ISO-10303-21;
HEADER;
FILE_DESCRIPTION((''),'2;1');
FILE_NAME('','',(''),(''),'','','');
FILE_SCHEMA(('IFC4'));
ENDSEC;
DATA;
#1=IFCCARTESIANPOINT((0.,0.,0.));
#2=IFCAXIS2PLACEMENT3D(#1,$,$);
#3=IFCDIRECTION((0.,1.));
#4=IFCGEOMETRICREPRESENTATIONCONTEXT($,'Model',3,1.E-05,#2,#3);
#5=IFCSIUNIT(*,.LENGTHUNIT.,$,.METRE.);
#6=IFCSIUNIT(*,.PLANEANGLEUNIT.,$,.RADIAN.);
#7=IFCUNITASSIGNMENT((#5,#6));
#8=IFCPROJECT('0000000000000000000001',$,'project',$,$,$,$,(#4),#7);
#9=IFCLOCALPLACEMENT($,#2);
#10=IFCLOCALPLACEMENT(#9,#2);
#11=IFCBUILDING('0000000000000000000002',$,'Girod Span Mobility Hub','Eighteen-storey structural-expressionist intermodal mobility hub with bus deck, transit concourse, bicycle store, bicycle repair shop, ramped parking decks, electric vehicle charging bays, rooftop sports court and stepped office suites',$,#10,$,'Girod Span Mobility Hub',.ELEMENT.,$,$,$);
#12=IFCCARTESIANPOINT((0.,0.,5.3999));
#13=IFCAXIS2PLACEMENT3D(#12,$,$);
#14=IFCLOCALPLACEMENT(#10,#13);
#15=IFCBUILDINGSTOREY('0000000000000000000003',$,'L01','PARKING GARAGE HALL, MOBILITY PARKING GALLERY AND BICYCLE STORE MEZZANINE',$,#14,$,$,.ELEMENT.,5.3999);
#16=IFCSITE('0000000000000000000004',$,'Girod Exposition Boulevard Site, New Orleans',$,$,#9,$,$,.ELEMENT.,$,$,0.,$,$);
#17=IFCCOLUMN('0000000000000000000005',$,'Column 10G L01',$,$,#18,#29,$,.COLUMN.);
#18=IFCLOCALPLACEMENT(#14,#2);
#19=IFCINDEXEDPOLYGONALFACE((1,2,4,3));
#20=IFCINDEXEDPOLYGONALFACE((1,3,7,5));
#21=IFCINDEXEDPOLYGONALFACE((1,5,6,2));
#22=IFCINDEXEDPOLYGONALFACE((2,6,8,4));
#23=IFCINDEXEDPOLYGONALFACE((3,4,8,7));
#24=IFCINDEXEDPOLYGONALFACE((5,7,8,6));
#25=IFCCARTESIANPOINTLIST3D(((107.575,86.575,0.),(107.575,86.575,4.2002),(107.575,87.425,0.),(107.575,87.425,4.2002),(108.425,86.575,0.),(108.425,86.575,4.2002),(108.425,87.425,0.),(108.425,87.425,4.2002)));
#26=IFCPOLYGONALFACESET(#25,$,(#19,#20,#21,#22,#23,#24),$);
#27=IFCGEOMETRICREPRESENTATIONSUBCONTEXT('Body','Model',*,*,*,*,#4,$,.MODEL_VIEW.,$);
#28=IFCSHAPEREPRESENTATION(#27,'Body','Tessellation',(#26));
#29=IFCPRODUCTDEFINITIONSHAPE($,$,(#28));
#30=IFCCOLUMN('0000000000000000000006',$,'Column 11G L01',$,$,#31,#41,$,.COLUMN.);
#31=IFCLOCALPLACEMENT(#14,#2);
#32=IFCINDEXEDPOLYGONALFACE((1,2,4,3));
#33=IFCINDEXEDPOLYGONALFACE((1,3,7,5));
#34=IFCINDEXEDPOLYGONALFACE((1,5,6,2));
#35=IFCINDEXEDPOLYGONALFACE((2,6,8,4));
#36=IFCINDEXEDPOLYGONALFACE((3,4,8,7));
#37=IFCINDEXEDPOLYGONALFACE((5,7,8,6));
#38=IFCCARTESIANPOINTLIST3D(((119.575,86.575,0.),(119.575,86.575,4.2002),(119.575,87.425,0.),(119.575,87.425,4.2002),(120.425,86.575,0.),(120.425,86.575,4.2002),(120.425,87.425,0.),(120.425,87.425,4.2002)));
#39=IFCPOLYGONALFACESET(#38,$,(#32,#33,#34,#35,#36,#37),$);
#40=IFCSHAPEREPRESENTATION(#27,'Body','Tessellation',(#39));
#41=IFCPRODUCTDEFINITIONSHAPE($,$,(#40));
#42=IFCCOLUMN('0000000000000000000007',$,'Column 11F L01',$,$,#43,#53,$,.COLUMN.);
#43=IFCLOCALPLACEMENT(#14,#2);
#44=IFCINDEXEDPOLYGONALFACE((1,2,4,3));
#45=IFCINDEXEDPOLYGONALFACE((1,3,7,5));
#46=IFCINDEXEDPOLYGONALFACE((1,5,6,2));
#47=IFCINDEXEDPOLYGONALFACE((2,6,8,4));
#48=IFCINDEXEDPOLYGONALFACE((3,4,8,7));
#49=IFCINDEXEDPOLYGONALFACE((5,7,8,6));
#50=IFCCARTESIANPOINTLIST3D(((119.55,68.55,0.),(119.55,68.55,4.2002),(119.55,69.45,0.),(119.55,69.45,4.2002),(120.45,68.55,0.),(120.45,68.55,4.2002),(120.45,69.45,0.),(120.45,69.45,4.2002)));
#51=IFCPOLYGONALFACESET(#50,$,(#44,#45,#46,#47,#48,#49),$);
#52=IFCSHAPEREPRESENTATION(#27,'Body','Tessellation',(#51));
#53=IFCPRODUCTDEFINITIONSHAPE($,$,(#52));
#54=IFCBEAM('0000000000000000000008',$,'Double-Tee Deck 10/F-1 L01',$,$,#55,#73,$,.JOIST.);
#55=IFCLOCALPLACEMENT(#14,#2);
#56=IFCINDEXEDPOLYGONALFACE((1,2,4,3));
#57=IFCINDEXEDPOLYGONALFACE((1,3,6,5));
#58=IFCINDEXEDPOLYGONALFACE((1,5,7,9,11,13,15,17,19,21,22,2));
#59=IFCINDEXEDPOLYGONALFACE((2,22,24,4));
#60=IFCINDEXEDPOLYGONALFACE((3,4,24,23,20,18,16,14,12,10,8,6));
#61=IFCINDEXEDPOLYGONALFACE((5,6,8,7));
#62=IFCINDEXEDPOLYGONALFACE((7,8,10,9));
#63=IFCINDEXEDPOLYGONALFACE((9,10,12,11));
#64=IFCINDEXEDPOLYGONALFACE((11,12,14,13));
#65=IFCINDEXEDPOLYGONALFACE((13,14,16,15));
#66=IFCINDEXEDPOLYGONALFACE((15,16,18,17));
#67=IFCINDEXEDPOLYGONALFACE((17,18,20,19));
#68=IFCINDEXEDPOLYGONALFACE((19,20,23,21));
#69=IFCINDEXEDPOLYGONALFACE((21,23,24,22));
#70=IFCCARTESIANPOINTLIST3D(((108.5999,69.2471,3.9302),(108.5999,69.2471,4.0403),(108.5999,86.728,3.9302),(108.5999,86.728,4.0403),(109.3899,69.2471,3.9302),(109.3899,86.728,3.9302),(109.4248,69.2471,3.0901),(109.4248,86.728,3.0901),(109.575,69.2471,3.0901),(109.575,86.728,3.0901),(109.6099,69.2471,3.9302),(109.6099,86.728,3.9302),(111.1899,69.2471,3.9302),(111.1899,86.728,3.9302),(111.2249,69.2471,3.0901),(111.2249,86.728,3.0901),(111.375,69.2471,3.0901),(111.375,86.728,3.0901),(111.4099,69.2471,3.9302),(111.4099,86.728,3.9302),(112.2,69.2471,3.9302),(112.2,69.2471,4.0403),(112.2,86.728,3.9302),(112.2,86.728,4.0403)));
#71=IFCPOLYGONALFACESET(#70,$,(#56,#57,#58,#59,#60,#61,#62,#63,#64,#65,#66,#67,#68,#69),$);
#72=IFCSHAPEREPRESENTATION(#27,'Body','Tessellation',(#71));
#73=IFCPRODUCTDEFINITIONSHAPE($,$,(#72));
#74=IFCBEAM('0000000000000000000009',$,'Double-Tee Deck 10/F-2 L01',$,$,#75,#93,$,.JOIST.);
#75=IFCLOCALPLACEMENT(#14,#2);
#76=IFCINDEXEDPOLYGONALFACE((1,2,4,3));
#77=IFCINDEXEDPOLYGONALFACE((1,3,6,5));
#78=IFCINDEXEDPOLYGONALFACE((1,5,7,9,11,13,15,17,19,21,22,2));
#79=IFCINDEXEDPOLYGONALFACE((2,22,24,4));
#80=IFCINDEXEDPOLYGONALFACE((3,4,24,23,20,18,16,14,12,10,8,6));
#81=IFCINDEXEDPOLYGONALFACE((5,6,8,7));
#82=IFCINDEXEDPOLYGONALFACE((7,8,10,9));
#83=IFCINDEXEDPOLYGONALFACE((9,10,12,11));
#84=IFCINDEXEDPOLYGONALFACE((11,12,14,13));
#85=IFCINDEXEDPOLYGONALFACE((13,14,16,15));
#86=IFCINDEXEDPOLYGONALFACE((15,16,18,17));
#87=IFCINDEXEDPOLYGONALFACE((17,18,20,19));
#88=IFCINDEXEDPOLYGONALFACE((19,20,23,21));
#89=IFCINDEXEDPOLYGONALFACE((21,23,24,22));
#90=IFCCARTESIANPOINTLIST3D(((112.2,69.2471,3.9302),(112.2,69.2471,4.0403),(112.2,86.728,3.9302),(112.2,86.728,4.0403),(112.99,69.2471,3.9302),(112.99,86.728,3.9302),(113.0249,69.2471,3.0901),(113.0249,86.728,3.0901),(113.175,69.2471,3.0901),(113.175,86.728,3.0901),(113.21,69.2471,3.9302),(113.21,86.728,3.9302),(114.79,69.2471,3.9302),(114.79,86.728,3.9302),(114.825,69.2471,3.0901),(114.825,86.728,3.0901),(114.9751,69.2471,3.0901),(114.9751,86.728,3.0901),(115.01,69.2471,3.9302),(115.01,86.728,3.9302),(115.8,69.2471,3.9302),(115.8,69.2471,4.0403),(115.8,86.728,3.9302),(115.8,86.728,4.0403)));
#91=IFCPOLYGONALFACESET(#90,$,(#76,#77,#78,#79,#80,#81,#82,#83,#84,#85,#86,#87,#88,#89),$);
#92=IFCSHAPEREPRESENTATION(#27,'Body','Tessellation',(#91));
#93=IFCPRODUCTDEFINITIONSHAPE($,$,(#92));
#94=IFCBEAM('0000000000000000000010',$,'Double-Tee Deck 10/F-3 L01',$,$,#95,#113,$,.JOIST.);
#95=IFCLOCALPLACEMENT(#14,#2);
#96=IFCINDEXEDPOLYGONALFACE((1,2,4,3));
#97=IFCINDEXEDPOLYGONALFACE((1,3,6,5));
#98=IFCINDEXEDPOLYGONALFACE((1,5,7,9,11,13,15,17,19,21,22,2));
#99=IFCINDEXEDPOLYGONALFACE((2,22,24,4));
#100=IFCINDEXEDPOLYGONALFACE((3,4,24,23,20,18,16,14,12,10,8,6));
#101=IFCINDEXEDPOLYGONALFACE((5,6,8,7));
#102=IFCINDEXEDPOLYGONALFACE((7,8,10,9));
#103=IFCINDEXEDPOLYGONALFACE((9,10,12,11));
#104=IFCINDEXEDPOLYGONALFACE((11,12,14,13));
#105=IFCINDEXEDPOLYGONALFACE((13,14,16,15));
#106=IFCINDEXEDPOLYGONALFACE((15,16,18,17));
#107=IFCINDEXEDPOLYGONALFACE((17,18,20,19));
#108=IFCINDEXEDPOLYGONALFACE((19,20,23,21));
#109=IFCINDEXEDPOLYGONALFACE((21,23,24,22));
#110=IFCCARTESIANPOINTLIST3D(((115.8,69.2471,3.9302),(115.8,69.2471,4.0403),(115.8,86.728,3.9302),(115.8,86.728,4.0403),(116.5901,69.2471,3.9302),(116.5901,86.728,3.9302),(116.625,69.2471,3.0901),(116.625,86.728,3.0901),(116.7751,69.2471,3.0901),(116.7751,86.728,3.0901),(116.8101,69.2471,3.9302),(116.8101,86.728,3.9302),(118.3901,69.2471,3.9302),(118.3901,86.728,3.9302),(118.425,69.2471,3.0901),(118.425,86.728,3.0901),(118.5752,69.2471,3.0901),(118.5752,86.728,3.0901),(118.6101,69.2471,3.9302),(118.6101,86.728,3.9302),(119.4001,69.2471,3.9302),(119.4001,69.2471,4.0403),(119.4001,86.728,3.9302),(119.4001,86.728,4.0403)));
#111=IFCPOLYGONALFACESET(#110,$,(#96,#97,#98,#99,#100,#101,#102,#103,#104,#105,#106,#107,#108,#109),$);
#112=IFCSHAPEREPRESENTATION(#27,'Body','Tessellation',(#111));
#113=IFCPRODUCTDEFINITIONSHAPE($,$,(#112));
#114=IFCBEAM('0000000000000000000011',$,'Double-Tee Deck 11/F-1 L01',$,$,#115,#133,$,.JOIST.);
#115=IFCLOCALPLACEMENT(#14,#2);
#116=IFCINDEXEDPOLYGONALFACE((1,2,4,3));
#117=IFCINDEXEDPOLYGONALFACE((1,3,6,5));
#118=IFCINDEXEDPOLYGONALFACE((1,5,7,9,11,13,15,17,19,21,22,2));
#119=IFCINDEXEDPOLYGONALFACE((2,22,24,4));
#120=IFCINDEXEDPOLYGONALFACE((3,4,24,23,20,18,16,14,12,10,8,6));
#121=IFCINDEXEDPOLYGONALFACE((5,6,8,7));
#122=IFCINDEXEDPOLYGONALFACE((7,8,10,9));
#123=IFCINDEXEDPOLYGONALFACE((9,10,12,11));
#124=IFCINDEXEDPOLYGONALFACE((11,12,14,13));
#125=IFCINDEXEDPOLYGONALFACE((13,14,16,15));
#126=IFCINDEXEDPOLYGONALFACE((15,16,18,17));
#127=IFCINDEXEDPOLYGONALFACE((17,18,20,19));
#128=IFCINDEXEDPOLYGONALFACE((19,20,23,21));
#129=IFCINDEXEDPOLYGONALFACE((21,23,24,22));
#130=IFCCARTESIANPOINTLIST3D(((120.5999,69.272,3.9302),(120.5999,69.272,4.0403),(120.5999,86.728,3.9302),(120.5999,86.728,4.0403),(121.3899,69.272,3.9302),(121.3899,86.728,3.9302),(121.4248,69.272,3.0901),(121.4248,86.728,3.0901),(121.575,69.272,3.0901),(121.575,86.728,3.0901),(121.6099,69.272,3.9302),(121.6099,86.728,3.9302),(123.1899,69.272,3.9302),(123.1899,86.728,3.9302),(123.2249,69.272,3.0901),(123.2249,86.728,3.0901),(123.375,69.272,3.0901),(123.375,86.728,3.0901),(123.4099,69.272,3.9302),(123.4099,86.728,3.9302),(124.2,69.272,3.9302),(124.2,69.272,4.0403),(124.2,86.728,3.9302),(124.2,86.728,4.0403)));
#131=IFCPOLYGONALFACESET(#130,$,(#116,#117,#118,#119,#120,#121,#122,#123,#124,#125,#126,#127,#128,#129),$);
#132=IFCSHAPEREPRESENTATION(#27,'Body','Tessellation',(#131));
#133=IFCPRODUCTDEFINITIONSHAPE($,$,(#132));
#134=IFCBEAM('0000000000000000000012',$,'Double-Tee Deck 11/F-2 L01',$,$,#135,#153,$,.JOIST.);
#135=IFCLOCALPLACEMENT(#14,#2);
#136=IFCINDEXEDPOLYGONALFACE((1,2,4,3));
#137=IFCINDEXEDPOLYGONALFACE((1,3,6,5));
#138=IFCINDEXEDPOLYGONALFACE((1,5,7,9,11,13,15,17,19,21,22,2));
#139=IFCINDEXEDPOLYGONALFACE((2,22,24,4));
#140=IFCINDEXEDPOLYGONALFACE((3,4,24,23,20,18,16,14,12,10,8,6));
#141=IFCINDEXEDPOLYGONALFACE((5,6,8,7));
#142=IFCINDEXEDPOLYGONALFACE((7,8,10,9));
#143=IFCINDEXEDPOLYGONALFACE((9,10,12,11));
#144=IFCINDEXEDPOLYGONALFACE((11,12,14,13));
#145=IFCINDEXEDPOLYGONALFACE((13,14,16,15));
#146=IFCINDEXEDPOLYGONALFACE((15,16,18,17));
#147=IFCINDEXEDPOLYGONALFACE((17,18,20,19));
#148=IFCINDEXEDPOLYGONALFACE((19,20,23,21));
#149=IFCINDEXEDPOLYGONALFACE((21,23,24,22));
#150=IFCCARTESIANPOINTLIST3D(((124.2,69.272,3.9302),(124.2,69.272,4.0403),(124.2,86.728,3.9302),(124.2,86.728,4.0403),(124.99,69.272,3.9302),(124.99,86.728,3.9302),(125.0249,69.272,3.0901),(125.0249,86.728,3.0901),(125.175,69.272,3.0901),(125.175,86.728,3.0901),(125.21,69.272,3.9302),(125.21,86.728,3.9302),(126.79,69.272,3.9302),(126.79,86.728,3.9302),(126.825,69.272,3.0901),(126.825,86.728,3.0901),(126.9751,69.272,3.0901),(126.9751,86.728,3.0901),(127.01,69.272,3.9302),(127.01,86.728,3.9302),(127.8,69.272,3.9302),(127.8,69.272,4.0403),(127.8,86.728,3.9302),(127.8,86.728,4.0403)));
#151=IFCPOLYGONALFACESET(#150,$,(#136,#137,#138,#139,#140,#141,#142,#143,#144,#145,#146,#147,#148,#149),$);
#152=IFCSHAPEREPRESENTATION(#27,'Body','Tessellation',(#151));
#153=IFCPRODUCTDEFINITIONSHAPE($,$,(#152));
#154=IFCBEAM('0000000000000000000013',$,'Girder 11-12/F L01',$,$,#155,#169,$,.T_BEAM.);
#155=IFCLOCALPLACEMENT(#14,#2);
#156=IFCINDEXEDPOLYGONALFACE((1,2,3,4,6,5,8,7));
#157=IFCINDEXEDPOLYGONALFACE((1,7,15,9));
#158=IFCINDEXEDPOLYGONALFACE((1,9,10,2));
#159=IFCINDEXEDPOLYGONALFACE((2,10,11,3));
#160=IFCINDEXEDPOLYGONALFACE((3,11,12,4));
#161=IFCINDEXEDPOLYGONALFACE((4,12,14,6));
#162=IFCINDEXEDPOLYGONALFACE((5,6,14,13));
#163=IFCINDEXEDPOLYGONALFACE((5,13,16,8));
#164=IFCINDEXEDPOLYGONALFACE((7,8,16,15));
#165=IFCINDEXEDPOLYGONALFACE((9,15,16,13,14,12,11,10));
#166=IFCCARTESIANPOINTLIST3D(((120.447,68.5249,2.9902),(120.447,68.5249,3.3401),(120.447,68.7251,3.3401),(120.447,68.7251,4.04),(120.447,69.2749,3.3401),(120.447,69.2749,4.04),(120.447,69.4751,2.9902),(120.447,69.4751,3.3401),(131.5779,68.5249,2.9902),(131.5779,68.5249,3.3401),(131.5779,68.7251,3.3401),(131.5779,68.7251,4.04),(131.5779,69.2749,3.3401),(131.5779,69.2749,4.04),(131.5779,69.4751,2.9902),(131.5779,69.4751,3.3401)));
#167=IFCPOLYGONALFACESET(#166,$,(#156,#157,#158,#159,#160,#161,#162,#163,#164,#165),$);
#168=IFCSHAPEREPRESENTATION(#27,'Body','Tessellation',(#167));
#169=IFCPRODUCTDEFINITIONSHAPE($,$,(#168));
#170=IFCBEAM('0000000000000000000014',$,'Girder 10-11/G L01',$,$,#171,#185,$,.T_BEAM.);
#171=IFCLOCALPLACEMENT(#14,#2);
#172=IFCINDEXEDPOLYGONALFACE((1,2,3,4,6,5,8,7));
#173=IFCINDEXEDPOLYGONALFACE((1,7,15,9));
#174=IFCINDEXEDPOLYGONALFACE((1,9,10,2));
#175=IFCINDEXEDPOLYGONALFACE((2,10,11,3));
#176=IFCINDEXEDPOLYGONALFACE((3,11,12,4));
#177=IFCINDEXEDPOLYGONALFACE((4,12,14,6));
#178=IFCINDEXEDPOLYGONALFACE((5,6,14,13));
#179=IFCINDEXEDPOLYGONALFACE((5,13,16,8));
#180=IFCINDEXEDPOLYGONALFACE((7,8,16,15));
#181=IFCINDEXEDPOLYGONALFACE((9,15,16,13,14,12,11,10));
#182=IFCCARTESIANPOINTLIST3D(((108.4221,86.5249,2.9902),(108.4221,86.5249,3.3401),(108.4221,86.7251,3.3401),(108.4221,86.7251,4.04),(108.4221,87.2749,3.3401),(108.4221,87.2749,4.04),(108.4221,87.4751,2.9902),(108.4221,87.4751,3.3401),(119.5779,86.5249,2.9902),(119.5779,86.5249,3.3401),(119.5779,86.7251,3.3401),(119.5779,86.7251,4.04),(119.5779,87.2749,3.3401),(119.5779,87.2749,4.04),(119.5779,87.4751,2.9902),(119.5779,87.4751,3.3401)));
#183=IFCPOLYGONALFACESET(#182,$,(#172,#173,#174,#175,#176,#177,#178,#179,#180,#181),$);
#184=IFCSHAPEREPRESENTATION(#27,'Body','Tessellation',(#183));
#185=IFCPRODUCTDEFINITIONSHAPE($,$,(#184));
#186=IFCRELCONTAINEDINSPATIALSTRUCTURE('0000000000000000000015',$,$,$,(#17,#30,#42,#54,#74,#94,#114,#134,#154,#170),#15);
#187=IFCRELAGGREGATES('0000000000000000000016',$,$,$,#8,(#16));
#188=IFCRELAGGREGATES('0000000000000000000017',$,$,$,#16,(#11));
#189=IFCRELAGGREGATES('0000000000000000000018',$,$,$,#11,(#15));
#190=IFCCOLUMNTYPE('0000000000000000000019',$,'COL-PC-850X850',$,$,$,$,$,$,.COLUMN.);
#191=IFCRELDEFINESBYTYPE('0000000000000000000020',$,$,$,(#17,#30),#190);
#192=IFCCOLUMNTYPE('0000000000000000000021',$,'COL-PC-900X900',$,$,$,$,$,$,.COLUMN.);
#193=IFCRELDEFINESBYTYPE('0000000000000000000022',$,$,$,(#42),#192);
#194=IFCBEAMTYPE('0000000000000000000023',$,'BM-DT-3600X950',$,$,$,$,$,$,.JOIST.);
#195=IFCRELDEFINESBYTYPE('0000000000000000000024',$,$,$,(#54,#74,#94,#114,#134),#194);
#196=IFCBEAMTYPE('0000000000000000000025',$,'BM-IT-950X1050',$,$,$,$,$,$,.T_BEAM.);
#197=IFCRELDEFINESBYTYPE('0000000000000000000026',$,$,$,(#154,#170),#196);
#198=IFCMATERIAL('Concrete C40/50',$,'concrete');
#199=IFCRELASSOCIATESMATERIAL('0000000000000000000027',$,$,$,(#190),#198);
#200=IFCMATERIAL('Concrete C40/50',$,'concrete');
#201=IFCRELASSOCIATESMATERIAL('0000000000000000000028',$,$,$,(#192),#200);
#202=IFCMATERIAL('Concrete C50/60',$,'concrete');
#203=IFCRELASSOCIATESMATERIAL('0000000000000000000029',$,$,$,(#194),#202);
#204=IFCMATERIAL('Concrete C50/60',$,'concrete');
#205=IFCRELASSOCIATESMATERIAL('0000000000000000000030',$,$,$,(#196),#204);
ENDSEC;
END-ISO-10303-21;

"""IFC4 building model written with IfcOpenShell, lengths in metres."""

from ifc_helpers import new_model, si_unit, direction, frame, origin, origin_2d, place, context, subcontext, project, spatial, polyline, rectangle, outline, extrude, material, material_profile, profile_set, type_object, element, save


model = new_model("IFC4")

# Units and contexts
model_context = context("Model", 3, precision=1e-05, world=origin(), true_north=direction((0.0, 1.0)))
body_context = subcontext(model_context, "Body", "Model", "MODEL_VIEW")
ifc_project = project(units=[si_unit("LENGTHUNIT", "METRE"), si_unit("PLANEANGLEUNIT", "RADIAN")], contexts=[model_context])

# Site, building, storey
site_placement = place(None, origin())
site = spatial("IfcSite", under=ifc_project, at=site_placement, Name="Girod Exposition Boulevard Site, New Orleans", CompositionType="ELEMENT", RefElevation=0.0)
building_placement = place(site_placement, origin())
building = spatial("IfcBuilding", under=site, at=building_placement, Name="Girod Span Mobility Hub", Description="Eighteen-storey structural-expressionist intermodal mobility hub with bus deck, transit concourse, bicycle store, bicycle repair shop, ramped parking decks, electric vehicle charging bays, rooftop sports court and stepped office suites", LongName="Girod Span Mobility Hub", CompositionType="ELEMENT")
storey_placement = place(building_placement, frame((0.0, 0.0, 5.3999)))
storey = spatial("IfcBuildingStorey", under=building, at=storey_placement, Name="L01", Description="PARKING GARAGE HALL, MOBILITY PARKING GALLERY AND BICYCLE STORE MEZZANINE", CompositionType="ELEMENT", Elevation=5.3999)

# Columns
ifc_material_1 = material(Name="Concrete C40/50", Category="concrete")
ifc_material_profile_1 = material_profile(ifc_material_1, rectangle(XDim=0.8501, YDim=0.8501, at=origin_2d()), Name="PC-COL-850X850")
ifc_profile_set_1 = profile_set([ifc_material_profile_1], Name="Concrete C40/50")
column_type_1 = type_object("IfcColumnType", Name="COL-PC-850X850", PredefinedType="COLUMN", material=ifc_profile_set_1)
for number, where, z_axis, x_axis, name in (
    (1, (108.0, 87.0, 0.0), (0.0, 0.0, 1.0), (1.0, 0.0, 0.0), "Column 10G L01"),
    (2, (120.0, 87.0, 0.0), (0.0, 0.0, 1.0), (1.0, 0.0, 0.0), "Column 11G L01"),
):
    element("IfcColumn", number, at=place(storey_placement, frame(where, z_axis=z_axis, x_axis=x_axis)), inside=storey, type_object=column_type_1, Name=name, PredefinedType="COLUMN", context=body_context, shape_type="SweptSolid", body=[
        extrude(rectangle(XDim=0.8501, YDim=0.8501, at=origin_2d()), origin(), (0.0, 0.0, 1.0), 4.2002),
    ])
ifc_material_2 = material(Name="Concrete C40/50", Category="concrete")
ifc_material_profile_2 = material_profile(ifc_material_2, rectangle(XDim=0.8999, YDim=0.8999, at=origin_2d()), Name="PC-COL-900X900")
ifc_profile_set_2 = profile_set([ifc_material_profile_2], Name="Concrete C40/50")
column_type_2 = type_object("IfcColumnType", Name="COL-PC-900X900", PredefinedType="COLUMN", material=ifc_profile_set_2)
column_placement = place(storey_placement, frame((120.0, 69.0, 0.0), z_axis=(0.0, 0.0, 1.0), x_axis=(1.0, 0.0, 0.0)))
element("IfcColumn", 3, at=column_placement, inside=storey, type_object=column_type_2, Name="Column 11F L01", PredefinedType="COLUMN", context=body_context, shape_type="SweptSolid", body=[
    extrude(rectangle(XDim=0.8999, YDim=0.8999, at=origin_2d()), origin(), (0.0, 0.0, 1.0), 4.2002),
])

# Beams
ifc_material_3 = material(Name="Concrete C50/60", Category="concrete")
ifc_material_profile_3 = material_profile(ifc_material_3, outline(polyline([(-1.8, 0.4751), (-1.8, 0.365), (-1.01, 0.365), (-0.9751, -0.4751), (-0.825, -0.4751), (-0.79, 0.365), (0.79, 0.365), (0.825, -0.4751), (0.9751, -0.4751), (1.01, 0.365), (1.8, 0.365), (1.8, 0.4751), (-1.8, 0.4751)])), Name="DT-3600X950")
ifc_profile_set_3 = profile_set([ifc_material_profile_3], Name="Concrete C50/60")
beam_type_1 = type_object("IfcBeamType", Name="BM-DT-3600X950", PredefinedType="JOIST", material=ifc_profile_set_3)
for number, where, z_axis, x_axis, name in (
    (4, (110.3999, 69.2471, 3.5652), (0.0, 1.0, 0.0), (-1.0, 0.0, 0.0), "Double-Tee Deck 10/F-1 L01"),
    (5, (114.0, 69.2471, 3.5652), (0.0, 1.0, 0.0), (-1.0, 0.0, 0.0), "Double-Tee Deck 10/F-2 L01"),
    (6, (117.6001, 69.2471, 3.5652), (0.0, 1.0, 0.0), (-1.0, 0.0, 0.0), "Double-Tee Deck 10/F-3 L01"),
):
    element("IfcBeam", number, at=place(storey_placement, frame(where, z_axis=z_axis, x_axis=x_axis)), inside=storey, type_object=beam_type_1, Name=name, PredefinedType="JOIST", context=body_context, shape_type="SweptSolid", body=[
        extrude(outline(polyline([(-1.8, 0.4751), (-1.8, 0.365), (-1.01, 0.365), (-0.9751, -0.4751), (-0.825, -0.4751), (-0.79, 0.365), (0.79, 0.365), (0.825, -0.4751), (0.9751, -0.4751), (1.01, 0.365), (1.8, 0.365), (1.8, 0.4751), (-1.8, 0.4751)])), origin(), (0.0, 0.0, 1.0), 17.481),
    ])
for number, where, z_axis, x_axis, name in (
    (7, (122.3999, 69.272, 3.5652), (0.0, 1.0, 0.0), (-1.0, 0.0, 0.0), "Double-Tee Deck 11/F-1 L01"),
    (8, (126.0, 69.272, 3.5652), (0.0, 1.0, 0.0), (-1.0, 0.0, 0.0), "Double-Tee Deck 11/F-2 L01"),
):
    element("IfcBeam", number, at=place(storey_placement, frame(where, z_axis=z_axis, x_axis=x_axis)), inside=storey, type_object=beam_type_1, Name=name, PredefinedType="JOIST", context=body_context, shape_type="SweptSolid", body=[
        extrude(outline(polyline([(-1.8, 0.4751), (-1.8, 0.365), (-1.01, 0.365), (-0.9751, -0.4751), (-0.825, -0.4751), (-0.79, 0.365), (0.79, 0.365), (0.825, -0.4751), (0.9751, -0.4751), (1.01, 0.365), (1.8, 0.365), (1.8, 0.4751), (-1.8, 0.4751)])), origin(), (0.0, 0.0, 1.0), 17.4561),
    ])
ifc_material_4 = material(Name="Concrete C50/60", Category="concrete")
ifc_material_profile_4 = material_profile(ifc_material_4, outline(polyline([(-0.4751, -0.5249), (0.4751, -0.5249), (0.4751, -0.175), (0.2749, -0.175), (0.2749, 0.5249), (-0.2749, 0.5249), (-0.2749, -0.175), (-0.4751, -0.175), (-0.4751, -0.5249)])), Name="IT-950X1050")
ifc_profile_set_4 = profile_set([ifc_material_profile_4], Name="Concrete C50/60")
beam_type_2 = type_object("IfcBeamType", Name="BM-IT-950X1050", PredefinedType="T_BEAM", material=ifc_profile_set_4)
beam_placement = place(storey_placement, frame((120.447, 69.0, 3.5151), z_axis=(1.0, 0.0, 0.0), x_axis=(0.0, 1.0, 0.0)))
element("IfcBeam", 9, at=beam_placement, inside=storey, type_object=beam_type_2, Name="Girder 11-12/F L01", PredefinedType="T_BEAM", context=body_context, shape_type="SweptSolid", body=[
    extrude(outline(polyline([(-0.4751, -0.5249), (0.4751, -0.5249), (0.4751, -0.175), (0.2749, -0.175), (0.2749, 0.5249), (-0.2749, 0.5249), (-0.2749, -0.175), (-0.4751, -0.175), (-0.4751, -0.5249)])), origin(), (0.0, 0.0, 1.0), 11.1309),
])
for number, where, z_axis, x_axis, name in (
    (10, (108.4221, 87.0, 3.5151), (1.0, 0.0, 0.0), (0.0, 1.0, 0.0), "Girder 10-11/G L01"),
):
    element("IfcBeam", number, at=place(storey_placement, frame(where, z_axis=z_axis, x_axis=x_axis)), inside=storey, type_object=beam_type_2, Name=name, PredefinedType="T_BEAM", context=body_context, shape_type="SweptSolid", body=[
        extrude(outline(polyline([(-0.4751, -0.5249), (0.4751, -0.5249), (0.4751, -0.175), (0.2749, -0.175), (0.2749, 0.5249), (-0.2749, 0.5249), (-0.2749, -0.175), (-0.4751, -0.175), (-0.4751, -0.5249)])), origin(), (0.0, 0.0, 1.0), 11.1558),
    ])

save(model, "model.ifc")
